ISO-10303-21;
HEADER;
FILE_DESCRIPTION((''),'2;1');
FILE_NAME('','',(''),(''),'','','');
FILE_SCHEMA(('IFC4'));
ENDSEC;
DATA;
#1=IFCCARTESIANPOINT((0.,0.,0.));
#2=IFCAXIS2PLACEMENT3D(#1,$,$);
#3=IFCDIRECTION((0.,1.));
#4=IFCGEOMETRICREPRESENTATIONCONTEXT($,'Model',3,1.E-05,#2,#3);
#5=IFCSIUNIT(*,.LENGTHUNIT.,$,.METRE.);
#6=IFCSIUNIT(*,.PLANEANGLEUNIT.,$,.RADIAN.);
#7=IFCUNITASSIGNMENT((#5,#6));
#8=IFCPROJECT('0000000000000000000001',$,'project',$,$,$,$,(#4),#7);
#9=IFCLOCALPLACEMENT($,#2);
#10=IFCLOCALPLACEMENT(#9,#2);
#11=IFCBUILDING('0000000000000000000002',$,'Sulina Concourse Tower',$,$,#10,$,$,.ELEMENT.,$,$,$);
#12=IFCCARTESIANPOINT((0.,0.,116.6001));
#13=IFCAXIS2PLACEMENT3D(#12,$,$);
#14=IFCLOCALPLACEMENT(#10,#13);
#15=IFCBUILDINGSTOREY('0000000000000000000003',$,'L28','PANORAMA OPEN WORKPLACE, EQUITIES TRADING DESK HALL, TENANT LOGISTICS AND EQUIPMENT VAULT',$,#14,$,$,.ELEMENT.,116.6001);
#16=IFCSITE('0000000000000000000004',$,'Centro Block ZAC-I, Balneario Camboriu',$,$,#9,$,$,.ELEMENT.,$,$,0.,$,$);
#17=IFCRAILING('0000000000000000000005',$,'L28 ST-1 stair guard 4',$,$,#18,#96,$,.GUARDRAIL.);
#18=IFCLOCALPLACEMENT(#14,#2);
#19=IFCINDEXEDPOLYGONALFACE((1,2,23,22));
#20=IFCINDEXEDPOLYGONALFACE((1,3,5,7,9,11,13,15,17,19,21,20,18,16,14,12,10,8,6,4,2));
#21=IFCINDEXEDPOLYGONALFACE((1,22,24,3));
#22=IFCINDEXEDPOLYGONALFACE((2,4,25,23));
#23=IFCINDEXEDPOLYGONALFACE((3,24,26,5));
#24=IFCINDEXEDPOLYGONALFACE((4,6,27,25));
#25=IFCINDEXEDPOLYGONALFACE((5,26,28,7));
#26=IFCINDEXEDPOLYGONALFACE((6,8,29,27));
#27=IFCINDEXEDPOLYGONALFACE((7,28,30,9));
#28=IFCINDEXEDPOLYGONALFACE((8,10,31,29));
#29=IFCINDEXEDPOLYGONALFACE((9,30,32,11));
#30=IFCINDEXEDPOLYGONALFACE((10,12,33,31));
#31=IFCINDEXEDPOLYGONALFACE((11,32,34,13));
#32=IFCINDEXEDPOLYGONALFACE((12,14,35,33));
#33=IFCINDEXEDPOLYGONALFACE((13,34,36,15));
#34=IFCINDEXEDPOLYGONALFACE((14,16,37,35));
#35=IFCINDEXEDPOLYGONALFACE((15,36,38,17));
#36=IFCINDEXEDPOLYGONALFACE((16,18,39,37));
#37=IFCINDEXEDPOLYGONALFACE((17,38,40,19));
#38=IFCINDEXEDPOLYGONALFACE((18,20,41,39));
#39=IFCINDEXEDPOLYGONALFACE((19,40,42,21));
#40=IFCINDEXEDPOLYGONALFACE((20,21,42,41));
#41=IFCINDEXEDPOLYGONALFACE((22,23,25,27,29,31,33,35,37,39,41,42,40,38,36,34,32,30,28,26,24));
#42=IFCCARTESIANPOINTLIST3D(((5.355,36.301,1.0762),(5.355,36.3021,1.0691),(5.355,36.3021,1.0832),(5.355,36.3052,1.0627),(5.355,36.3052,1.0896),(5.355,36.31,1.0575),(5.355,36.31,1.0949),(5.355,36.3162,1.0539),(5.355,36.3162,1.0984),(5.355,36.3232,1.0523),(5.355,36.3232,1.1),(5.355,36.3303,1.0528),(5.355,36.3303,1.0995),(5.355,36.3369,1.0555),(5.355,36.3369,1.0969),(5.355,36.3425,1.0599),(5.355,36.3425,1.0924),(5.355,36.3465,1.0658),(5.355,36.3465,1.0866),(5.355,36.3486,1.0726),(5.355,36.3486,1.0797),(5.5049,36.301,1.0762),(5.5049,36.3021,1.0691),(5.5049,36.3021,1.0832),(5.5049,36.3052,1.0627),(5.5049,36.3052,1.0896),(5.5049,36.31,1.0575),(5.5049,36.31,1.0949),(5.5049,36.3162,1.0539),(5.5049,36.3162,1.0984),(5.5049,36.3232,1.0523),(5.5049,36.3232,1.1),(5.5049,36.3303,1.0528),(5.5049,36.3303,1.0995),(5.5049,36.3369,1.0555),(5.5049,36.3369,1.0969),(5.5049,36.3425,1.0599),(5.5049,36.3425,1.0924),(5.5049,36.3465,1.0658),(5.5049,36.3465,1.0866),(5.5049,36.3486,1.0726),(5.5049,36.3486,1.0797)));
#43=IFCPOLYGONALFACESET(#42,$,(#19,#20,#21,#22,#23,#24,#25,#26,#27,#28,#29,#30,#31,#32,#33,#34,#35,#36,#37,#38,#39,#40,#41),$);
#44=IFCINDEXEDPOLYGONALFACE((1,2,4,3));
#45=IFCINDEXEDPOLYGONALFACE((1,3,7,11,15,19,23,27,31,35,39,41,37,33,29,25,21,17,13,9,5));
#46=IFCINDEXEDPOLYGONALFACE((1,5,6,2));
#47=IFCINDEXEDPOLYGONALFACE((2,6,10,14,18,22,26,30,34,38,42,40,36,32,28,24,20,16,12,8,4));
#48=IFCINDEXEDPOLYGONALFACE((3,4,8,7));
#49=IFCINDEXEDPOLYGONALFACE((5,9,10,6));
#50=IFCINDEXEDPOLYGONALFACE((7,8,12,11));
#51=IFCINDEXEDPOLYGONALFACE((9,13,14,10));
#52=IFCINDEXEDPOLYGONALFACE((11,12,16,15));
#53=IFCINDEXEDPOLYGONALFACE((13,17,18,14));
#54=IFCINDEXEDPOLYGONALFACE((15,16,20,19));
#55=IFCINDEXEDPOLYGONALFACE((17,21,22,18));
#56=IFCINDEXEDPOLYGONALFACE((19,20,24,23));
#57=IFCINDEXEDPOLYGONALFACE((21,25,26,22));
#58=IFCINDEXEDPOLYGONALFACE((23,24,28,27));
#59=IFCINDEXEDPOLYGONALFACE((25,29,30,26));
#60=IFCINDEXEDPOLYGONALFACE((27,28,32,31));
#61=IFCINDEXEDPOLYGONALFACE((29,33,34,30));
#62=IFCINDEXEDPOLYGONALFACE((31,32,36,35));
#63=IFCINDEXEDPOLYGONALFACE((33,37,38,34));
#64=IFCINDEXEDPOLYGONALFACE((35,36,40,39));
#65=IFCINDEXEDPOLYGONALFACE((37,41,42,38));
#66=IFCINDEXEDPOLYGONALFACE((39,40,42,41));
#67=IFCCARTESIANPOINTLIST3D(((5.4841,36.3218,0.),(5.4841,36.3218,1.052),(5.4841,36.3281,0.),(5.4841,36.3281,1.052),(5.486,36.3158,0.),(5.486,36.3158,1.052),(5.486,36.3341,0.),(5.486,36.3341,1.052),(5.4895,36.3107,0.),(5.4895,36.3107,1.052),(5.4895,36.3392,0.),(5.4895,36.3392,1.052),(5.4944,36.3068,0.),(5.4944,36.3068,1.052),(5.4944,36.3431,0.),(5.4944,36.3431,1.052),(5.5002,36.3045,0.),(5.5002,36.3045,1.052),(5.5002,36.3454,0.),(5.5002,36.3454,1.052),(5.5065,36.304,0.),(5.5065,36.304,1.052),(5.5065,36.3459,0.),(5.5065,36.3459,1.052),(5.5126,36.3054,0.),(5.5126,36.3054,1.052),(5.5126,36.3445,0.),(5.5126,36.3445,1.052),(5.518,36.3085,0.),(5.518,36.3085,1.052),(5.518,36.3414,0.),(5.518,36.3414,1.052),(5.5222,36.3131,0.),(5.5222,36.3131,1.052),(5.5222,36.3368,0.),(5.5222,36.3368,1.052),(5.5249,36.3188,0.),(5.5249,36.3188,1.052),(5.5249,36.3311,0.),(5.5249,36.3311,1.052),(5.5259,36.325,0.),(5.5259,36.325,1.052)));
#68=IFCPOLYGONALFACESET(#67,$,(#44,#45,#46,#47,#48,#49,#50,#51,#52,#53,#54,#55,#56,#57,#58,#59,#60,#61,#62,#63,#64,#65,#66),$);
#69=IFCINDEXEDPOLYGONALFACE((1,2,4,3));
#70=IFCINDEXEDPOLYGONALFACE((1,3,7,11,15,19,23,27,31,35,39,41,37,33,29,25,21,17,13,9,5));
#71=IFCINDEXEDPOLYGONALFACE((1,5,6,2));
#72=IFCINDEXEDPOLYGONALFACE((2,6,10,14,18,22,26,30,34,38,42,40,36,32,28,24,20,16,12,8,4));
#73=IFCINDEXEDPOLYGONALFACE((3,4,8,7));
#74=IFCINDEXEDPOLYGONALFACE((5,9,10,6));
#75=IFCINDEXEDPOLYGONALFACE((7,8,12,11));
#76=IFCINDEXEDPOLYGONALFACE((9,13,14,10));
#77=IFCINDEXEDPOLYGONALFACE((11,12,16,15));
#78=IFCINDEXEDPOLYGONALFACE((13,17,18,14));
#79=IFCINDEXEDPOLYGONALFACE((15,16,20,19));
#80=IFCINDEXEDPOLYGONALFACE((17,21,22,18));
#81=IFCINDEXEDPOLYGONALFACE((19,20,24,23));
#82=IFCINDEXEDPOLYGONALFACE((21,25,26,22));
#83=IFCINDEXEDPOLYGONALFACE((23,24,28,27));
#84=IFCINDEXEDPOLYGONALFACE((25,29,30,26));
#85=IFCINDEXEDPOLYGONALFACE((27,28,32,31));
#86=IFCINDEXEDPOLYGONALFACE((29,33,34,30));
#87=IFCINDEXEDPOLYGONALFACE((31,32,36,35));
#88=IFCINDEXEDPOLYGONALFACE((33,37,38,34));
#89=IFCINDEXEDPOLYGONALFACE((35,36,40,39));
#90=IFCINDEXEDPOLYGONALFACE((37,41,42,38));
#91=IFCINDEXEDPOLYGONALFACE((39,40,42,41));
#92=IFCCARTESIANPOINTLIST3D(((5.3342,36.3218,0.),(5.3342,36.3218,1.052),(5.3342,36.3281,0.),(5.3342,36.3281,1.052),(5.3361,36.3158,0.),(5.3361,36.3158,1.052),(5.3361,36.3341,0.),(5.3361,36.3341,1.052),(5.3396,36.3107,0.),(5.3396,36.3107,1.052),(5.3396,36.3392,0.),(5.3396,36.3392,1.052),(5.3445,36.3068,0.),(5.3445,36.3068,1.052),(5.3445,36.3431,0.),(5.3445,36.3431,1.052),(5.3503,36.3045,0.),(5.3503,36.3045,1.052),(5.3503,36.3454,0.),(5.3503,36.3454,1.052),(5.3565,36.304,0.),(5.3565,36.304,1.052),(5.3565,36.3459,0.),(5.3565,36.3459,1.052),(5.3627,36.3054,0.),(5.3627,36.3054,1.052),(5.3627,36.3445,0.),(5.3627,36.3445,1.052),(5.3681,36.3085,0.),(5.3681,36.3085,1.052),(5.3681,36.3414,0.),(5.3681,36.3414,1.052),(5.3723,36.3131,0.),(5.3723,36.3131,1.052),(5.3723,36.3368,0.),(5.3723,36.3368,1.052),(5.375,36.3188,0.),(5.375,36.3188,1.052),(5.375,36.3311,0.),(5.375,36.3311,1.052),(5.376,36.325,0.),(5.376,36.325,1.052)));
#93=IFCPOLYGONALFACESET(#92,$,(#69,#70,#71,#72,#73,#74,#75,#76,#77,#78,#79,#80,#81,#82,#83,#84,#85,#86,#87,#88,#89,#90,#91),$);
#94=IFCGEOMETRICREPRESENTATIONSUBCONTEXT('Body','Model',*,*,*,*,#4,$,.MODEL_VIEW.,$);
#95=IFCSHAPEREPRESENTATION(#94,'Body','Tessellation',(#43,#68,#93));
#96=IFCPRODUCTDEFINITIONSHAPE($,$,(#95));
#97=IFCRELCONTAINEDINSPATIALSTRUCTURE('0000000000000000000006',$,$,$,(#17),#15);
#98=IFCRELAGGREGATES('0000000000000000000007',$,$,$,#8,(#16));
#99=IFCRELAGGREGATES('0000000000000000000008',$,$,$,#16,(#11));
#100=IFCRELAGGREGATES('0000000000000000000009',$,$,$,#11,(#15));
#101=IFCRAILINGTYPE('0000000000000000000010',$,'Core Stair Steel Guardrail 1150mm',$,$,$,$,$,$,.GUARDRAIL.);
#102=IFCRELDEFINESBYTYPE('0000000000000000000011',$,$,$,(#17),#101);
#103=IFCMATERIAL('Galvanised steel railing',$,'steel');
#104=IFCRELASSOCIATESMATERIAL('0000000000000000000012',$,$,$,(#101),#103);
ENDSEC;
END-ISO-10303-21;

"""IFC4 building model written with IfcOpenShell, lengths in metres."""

from ifc_helpers import new_model, si_unit, direction, frame, origin, origin_2d, place, context, subcontext, project, spatial, circle, extrude, material, type_object, element, save


model = new_model("IFC4")

# Units and contexts
model_context = context("Model", 3, precision=1e-05, world=origin(), true_north=direction((0.0, 1.0)))
body_context = subcontext(model_context, "Body", "Model", "MODEL_VIEW")
ifc_project = project(units=[si_unit("LENGTHUNIT", "METRE"), si_unit("PLANEANGLEUNIT", "RADIAN")], contexts=[model_context])

# Site, building, storey
site_placement = place(None, origin())
site = spatial("IfcSite", under=ifc_project, at=site_placement, Name="Centro Block ZAC-I, Balneario Camboriu", CompositionType="ELEMENT", RefElevation=0.0)
building_placement = place(site_placement, origin())
building = spatial("IfcBuilding", under=site, at=building_placement, Name="Sulina Concourse Tower", CompositionType="ELEMENT")
storey_placement = place(building_placement, frame((0.0, 0.0, 116.6001)))
storey = spatial("IfcBuildingStorey", under=building, at=storey_placement, Name="L28", Description="PANORAMA OPEN WORKPLACE, EQUITIES TRADING DESK HALL, TENANT LOGISTICS AND EQUIPMENT VAULT", CompositionType="ELEMENT", Elevation=116.6001)

# Railing
ifc_material_1 = material(Name="Galvanised steel railing", Category="steel")
railing_type_1 = type_object("IfcRailingType", Name="Core Stair Steel Guardrail 1150mm", PredefinedType="GUARDRAIL", material=ifc_material_1)
railing_1_placement = place(storey_placement, frame((5.5049, 36.325, 0.0)))
element("IfcRailing", 1, at=railing_1_placement, inside=storey, type_object=railing_type_1, Name="L28 ST-1 stair guard 4", PredefinedType="GUARDRAIL", context=body_context, shape_type="SweptSolid", body=[
    extrude(circle(Radius=0.0239, at=origin_2d()), frame((0.0, 0.0, 1.0762), z_axis=(-1.0, 0.0, 0.0), x_axis=(0.0, -1.0, 0.0)), (0.0, 0.0, 1.0), 0.1499),
    extrude(circle(Radius=0.021, at=origin_2d()), origin(), (0.0, 0.0, 1.0), 1.052),
    extrude(circle(Radius=0.021, at=origin_2d()), frame((-0.1499, 0.0, 0.0)), (0.0, 0.0, 1.0), 1.052),
])

save(model, "model.ifc")
